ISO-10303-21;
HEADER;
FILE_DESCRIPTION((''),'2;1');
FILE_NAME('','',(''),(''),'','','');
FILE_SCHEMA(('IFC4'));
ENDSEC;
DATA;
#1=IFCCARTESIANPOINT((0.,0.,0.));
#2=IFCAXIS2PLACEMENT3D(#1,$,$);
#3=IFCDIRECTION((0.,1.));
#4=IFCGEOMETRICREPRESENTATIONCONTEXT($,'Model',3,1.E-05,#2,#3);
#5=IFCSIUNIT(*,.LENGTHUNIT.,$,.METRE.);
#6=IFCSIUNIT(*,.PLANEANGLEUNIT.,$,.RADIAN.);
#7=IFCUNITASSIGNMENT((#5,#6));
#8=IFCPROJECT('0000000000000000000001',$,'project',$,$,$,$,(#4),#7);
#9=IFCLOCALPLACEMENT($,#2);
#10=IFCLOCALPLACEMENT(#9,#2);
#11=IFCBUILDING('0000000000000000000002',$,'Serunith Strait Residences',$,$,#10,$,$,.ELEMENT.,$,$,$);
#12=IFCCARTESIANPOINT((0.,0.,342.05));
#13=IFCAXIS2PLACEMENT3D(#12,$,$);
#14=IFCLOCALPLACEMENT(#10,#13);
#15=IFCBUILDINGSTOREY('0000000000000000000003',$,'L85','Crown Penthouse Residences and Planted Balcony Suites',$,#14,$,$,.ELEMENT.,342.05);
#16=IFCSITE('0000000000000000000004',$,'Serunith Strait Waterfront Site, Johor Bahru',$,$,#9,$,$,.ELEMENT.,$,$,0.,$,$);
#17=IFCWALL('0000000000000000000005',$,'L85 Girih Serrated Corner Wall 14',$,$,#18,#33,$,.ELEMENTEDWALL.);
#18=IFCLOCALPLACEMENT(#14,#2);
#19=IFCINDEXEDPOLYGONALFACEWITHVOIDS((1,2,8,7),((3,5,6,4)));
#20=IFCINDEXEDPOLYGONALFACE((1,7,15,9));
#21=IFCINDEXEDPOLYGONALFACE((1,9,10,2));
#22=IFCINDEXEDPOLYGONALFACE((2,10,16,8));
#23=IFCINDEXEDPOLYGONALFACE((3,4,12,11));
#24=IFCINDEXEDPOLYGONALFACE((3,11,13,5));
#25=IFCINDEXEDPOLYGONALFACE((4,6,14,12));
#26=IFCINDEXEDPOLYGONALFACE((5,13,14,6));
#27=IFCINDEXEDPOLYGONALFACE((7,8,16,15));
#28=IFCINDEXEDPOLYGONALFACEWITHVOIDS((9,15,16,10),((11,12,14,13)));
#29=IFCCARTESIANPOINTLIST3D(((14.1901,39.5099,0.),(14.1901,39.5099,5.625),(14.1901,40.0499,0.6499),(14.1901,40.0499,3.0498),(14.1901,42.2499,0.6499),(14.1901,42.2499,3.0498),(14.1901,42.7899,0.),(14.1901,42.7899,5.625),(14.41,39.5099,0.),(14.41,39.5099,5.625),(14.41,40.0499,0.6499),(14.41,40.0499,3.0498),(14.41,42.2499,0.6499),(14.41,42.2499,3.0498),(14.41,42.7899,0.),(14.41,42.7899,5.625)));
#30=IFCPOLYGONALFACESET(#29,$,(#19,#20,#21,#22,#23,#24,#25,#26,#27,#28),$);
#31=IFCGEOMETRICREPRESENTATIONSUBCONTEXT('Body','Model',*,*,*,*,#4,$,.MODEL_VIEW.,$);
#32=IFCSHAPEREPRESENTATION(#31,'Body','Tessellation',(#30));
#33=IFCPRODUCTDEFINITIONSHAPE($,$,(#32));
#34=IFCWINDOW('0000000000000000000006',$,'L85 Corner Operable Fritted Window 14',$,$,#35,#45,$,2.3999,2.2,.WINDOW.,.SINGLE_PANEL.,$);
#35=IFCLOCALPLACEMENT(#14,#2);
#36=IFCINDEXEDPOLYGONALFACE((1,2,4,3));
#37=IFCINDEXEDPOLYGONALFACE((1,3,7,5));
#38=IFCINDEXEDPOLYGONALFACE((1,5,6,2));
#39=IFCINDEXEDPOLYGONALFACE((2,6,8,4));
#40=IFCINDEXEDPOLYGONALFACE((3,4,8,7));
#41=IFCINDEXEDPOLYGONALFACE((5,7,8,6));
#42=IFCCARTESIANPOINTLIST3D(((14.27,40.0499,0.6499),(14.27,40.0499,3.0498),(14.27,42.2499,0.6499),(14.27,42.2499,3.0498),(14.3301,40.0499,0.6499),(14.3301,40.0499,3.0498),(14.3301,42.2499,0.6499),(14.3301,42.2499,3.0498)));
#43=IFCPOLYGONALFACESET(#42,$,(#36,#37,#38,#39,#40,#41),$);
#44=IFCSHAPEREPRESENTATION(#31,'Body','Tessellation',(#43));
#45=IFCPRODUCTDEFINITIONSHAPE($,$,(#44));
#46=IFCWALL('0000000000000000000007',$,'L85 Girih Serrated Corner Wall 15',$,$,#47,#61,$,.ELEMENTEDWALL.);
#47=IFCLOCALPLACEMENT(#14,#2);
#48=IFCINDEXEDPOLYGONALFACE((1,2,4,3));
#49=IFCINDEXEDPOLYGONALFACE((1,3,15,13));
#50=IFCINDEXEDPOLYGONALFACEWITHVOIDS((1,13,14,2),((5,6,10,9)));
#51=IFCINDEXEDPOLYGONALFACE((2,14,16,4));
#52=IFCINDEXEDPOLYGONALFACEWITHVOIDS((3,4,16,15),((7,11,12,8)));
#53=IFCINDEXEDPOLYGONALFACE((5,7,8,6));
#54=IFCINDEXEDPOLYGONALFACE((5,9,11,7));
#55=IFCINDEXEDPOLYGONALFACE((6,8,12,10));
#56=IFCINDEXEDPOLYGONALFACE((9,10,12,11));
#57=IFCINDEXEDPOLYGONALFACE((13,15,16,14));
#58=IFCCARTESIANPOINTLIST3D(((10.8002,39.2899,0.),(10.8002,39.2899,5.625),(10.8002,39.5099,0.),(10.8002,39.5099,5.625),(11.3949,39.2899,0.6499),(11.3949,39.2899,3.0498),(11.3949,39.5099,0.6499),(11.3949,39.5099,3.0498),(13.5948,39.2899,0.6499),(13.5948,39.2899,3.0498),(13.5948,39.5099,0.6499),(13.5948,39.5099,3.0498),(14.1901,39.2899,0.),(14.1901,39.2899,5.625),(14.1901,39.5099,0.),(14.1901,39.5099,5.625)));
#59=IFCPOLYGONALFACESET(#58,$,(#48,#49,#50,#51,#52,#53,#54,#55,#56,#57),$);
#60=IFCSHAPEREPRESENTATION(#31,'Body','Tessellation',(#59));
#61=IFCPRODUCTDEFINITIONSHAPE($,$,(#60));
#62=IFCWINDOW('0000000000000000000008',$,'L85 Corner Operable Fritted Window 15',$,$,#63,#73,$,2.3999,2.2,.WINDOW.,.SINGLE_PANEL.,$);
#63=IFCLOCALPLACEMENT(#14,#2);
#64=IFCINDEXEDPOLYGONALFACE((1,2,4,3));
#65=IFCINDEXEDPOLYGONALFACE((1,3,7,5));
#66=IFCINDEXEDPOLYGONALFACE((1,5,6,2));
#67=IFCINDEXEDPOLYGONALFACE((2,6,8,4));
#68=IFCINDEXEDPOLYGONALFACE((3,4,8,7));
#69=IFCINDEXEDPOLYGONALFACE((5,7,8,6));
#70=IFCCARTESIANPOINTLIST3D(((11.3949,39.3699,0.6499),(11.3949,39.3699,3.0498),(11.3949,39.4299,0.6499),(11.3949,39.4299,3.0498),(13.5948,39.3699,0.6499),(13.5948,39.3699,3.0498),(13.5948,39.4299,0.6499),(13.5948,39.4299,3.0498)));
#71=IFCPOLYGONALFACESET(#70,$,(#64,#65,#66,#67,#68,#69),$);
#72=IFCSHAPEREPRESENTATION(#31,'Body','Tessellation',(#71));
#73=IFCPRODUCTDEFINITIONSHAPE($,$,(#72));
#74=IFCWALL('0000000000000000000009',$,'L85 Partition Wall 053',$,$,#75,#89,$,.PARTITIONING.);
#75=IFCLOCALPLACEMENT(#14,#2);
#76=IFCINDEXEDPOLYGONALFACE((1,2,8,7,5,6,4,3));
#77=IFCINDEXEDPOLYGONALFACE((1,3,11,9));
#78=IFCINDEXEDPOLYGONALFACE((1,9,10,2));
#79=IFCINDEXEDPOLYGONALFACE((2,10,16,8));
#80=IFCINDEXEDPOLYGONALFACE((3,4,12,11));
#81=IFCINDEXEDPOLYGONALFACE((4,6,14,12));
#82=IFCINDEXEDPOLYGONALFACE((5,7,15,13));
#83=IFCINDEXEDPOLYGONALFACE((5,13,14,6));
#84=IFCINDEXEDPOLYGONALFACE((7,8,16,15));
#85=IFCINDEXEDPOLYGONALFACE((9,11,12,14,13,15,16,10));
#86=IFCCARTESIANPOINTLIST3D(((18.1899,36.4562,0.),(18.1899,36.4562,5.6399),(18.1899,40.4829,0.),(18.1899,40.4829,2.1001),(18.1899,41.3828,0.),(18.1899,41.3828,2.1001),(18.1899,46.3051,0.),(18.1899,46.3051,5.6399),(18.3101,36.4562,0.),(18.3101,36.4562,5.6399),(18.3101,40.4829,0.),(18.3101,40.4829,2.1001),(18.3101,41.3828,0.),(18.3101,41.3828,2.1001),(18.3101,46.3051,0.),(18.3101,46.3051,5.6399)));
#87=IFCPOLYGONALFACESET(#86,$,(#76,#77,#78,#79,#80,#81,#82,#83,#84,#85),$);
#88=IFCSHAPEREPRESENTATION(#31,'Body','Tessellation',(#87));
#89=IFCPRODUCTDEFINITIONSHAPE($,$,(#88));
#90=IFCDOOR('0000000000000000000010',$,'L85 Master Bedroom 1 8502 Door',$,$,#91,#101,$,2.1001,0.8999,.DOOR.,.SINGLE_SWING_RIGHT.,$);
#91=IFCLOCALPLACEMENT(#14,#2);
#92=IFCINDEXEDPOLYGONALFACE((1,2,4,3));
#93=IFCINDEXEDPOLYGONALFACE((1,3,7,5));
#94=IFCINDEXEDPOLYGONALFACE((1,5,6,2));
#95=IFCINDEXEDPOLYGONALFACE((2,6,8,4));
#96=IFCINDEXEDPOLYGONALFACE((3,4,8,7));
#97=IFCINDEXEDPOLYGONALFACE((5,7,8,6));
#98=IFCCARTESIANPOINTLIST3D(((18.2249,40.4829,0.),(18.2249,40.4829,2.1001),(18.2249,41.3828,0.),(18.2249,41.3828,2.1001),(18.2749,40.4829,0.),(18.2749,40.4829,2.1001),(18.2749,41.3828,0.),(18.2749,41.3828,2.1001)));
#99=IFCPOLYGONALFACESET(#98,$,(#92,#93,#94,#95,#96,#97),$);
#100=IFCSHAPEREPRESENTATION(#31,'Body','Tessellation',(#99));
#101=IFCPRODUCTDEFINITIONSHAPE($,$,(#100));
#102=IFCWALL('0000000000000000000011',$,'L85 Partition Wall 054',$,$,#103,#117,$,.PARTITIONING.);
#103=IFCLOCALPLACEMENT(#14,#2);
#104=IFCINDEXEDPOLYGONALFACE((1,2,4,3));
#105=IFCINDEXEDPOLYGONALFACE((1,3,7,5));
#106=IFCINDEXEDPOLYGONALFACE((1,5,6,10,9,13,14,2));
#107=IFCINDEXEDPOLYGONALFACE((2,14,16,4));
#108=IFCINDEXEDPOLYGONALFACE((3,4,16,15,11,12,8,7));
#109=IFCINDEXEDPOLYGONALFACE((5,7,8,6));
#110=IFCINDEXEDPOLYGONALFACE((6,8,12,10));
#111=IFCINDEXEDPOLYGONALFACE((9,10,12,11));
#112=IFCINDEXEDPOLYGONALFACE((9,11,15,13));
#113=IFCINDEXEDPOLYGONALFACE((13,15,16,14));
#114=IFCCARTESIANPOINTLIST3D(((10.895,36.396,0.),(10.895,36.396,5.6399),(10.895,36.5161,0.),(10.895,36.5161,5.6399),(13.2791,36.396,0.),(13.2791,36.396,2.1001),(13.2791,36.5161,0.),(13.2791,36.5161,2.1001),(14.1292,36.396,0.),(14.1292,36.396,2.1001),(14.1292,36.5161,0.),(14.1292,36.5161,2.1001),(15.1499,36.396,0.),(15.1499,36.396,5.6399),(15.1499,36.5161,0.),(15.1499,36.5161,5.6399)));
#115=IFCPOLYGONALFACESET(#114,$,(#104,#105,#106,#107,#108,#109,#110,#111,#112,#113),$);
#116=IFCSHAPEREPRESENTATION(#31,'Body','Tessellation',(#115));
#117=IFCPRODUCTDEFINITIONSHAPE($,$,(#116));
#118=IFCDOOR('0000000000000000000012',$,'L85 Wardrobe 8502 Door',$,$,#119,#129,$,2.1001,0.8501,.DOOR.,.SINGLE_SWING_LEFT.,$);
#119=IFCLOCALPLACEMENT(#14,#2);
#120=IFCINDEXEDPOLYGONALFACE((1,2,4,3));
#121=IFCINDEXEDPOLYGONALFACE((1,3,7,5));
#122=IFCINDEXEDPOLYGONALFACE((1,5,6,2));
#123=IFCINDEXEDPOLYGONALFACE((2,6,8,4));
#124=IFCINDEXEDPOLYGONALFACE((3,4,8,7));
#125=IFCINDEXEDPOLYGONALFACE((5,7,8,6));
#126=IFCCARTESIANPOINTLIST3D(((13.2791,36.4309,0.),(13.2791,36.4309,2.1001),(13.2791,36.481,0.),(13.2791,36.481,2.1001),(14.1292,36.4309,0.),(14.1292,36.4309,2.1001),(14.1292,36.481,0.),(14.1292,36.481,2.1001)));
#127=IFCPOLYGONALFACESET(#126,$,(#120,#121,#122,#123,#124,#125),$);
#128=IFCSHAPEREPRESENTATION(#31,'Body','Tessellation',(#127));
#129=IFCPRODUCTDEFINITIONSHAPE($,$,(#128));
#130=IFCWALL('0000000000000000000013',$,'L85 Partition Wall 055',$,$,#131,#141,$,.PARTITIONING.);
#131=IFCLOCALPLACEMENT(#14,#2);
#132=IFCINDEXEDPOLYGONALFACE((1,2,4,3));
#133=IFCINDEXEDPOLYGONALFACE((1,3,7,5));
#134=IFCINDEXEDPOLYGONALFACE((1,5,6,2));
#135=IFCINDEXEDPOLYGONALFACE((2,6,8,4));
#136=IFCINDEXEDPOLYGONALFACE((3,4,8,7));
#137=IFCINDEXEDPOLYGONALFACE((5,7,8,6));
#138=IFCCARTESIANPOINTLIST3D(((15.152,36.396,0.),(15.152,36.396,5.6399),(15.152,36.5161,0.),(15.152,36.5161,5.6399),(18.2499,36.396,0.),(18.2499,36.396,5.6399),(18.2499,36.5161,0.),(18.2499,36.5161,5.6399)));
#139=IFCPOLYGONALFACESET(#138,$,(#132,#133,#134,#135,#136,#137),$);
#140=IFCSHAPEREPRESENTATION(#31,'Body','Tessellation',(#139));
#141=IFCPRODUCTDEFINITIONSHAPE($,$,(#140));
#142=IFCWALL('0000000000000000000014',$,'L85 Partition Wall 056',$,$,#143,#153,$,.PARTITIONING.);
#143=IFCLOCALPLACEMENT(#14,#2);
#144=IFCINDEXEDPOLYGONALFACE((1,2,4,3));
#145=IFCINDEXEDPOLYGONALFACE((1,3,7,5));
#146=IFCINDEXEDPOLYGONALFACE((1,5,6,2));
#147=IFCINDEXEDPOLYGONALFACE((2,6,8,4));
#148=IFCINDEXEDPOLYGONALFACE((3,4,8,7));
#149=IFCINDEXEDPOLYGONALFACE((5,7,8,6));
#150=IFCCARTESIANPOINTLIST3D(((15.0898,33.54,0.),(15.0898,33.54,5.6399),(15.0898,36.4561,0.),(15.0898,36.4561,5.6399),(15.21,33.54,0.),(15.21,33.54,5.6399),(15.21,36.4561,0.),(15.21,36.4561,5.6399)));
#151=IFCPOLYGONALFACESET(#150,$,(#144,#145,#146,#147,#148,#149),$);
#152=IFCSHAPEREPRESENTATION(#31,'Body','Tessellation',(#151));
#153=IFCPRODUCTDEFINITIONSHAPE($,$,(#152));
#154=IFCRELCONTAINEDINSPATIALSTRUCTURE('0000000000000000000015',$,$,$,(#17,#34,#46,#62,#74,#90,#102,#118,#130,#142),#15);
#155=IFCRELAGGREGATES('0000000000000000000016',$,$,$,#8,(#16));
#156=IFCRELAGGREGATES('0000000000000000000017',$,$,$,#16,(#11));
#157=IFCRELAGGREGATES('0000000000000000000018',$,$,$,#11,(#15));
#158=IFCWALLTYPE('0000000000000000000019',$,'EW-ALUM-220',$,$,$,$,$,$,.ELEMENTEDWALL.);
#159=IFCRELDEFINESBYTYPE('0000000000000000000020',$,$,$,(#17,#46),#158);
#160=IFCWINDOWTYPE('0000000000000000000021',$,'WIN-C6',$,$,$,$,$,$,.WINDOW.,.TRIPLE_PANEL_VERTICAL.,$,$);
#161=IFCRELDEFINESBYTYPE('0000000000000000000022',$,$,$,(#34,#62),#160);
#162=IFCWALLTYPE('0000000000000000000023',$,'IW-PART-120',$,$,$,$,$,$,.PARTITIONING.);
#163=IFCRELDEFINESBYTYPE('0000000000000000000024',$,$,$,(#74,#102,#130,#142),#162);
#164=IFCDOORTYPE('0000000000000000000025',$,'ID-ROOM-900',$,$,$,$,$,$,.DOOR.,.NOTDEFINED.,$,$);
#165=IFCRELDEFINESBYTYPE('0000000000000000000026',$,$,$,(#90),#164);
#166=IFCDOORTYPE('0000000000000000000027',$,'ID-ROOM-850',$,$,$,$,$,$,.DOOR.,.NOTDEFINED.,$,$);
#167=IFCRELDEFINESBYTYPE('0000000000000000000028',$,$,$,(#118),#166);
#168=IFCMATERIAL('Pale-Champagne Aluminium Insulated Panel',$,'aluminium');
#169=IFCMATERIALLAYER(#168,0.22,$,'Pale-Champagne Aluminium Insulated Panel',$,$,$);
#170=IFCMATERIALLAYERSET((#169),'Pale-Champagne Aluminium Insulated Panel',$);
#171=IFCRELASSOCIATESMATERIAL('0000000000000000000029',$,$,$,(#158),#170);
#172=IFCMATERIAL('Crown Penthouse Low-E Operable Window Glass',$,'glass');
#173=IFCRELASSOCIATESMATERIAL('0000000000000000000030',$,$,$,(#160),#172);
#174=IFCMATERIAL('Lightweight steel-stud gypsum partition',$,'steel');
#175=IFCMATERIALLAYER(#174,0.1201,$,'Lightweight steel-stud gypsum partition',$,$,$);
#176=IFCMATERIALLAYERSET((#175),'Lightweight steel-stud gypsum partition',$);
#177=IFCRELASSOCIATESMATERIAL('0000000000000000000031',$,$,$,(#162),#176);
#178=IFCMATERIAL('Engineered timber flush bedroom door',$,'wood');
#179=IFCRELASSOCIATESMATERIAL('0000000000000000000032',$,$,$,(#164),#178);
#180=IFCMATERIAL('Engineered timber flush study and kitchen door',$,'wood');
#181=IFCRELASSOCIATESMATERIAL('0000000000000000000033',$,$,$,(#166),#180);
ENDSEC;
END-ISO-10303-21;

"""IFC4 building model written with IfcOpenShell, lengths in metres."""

from ifc_helpers import new_model, si_unit, direction, frame, frame_2d, origin, place, context, subcontext, project, spatial, rectangle, extrude, source, transform, mapped, material, layer, layer_set, type_object, element, fill, save


model = new_model("IFC4")

# Units and contexts
model_context = context("Model", 3, precision=1e-05, world=origin(), true_north=direction((0.0, 1.0)))
body_context = subcontext(model_context, "Body", "Model", "MODEL_VIEW")
ifc_project = project(units=[si_unit("LENGTHUNIT", "METRE"), si_unit("PLANEANGLEUNIT", "RADIAN")], contexts=[model_context])

# Site, building, storey
site_placement = place(None, origin())
site = spatial("IfcSite", under=ifc_project, at=site_placement, Name="Serunith Strait Waterfront Site, Johor Bahru", CompositionType="ELEMENT", RefElevation=0.0)
building_placement = place(site_placement, origin())
building = spatial("IfcBuilding", under=site, at=building_placement, Name="Serunith Strait Residences", CompositionType="ELEMENT")
storey_placement = place(building_placement, frame((0.0, 0.0, 342.05)))
storey = spatial("IfcBuildingStorey", under=building, at=storey_placement, Name="L85", Description="Crown Penthouse Residences and Planted Balcony Suites", CompositionType="ELEMENT", Elevation=342.05)

# Shared definitions
ifc_material_1 = material(Name="Pale-Champagne Aluminium Insulated Panel", Category="aluminium")
ifc_layer_1 = layer(ifc_material_1, 0.22, Name="Pale-Champagne Aluminium Insulated Panel")
ifc_layer_set_1 = layer_set([ifc_layer_1], Name="Pale-Champagne Aluminium Insulated Panel")
wall_type_1 = type_object("IfcWallType", Name="EW-ALUM-220", PredefinedType="ELEMENTEDWALL", material=ifc_layer_set_1)

# Walls, openings, windows
ifc_material_2 = material(Name="Crown Penthouse Low-E Operable Window Glass", Category="glass")
window_type = type_object("IfcWindowType", Name="WIN-C6", PartitioningType="TRIPLE_PANEL_VERTICAL", PredefinedType="WINDOW", material=ifc_material_2)
shared_shape_1 = source(origin(), body_context, "Body", "SweptSolid", [
    extrude(rectangle(XDim=2.2, YDim=2.3999, at=frame_2d((1.1001, 1.2))), frame((0.0, 0.03, 0.0), z_axis=(0.0, -1.0, 0.0), x_axis=(1.0, 0.0, 0.0)), (0.0, 0.0, 1.0), 0.0601),
])
wall_1_placement = place(storey_placement, frame((14.3, 42.79, 0.0), z_axis=(0.0, 0.0, 1.0), x_axis=(0.0, -1.0, 0.0)))
wall_1 = element("IfcWall", 1, at=wall_1_placement, inside=storey, type_object=wall_type_1, Name="L85 Girih Serrated Corner Wall 14", PredefinedType="ELEMENTEDWALL", context=body_context, shape_type="SweptSolid", body=[
    extrude(rectangle(XDim=3.28, YDim=0.22, at=frame_2d((1.6401, 0.0))), origin(), (0.0, 0.0, 1.0), 5.625),
])
opening_1_placement = place(wall_1_placement, frame((0.54, 0.0, 0.6499)))
opening_1 = element("IfcOpeningElement", 2, at=opening_1_placement, cuts=wall_1, PredefinedType="OPENING", context=body_context, shape_type="SweptSolid", body=[
    extrude(rectangle(XDim=2.2, YDim=2.3999, at=frame_2d((1.1001, 1.2))), frame((0.0, 0.1201, 0.0), z_axis=(0.0, -1.0, 0.0), x_axis=(1.0, 0.0, 0.0)), (0.0, 0.0, 1.0), 0.24),
])
window_1_placement = place(opening_1_placement, origin())
window_1 = element("IfcWindow", 3, at=window_1_placement, inside=storey, type_object=window_type, Name="L85 Corner Operable Fritted Window 14", OverallHeight=2.3999, OverallWidth=2.2, PartitioningType="SINGLE_PANEL", PredefinedType="WINDOW", context=body_context, shape_type="MappedRepresentation", body=[
    mapped(shared_shape_1, transform((0.0, 0.0, 0.0), scale=1.0)),
])
fill(opening_1, window_1)
wall_2_placement = place(storey_placement, frame((14.1899, 39.3999, 0.0), z_axis=(0.0, 0.0, 1.0), x_axis=(-1.0, 0.0, 0.0)))
wall_2 = element("IfcWall", 4, at=wall_2_placement, inside=storey, type_object=wall_type_1, Name="L85 Girih Serrated Corner Wall 15", PredefinedType="ELEMENTEDWALL", context=body_context, shape_type="SweptSolid", body=[
    extrude(rectangle(XDim=3.3899, YDim=0.22, at=frame_2d((1.6948, 0.0))), origin(), (0.0, 0.0, 1.0), 5.625),
])
opening_2_placement = place(wall_2_placement, frame((0.595, 0.0, 0.6499)))
opening_2 = element("IfcOpeningElement", 5, at=opening_2_placement, cuts=wall_2, PredefinedType="OPENING", context=body_context, shape_type="SweptSolid", body=[
    extrude(rectangle(XDim=2.2, YDim=2.3999, at=frame_2d((1.1001, 1.2))), frame((0.0, 0.1201, 0.0), z_axis=(0.0, -1.0, 0.0), x_axis=(1.0, 0.0, 0.0)), (0.0, 0.0, 1.0), 0.24),
])
window_2_placement = place(opening_2_placement, origin())
window_2 = element("IfcWindow", 6, at=window_2_placement, inside=storey, type_object=window_type, Name="L85 Corner Operable Fritted Window 15", OverallHeight=2.3999, OverallWidth=2.2, PartitioningType="SINGLE_PANEL", PredefinedType="WINDOW", context=body_context, shape_type="MappedRepresentation", body=[
    mapped(shared_shape_1, transform((0.0, 0.0, 0.0), scale=1.0)),
])
fill(opening_2, window_2)

# Walls, openings, doors
ifc_material_3 = material(Name="Lightweight steel-stud gypsum partition", Category="steel")
ifc_layer_2 = layer(ifc_material_3, 0.1201, Name="Lightweight steel-stud gypsum partition")
ifc_layer_set_2 = layer_set([ifc_layer_2], Name="Lightweight steel-stud gypsum partition")
wall_type_2 = type_object("IfcWallType", Name="IW-PART-120", PredefinedType="PARTITIONING", material=ifc_layer_set_2)
wall_3_placement = place(storey_placement, frame((18.25, 46.3049, 0.0), z_axis=(0.0, 0.0, 1.0), x_axis=(0.0, -1.0, 0.0)))
wall_3 = element("IfcWall", 7, at=wall_3_placement, inside=storey, type_object=wall_type_2, Name="L85 Partition Wall 053", PredefinedType="PARTITIONING", context=body_context, shape_type="SweptSolid", body=[
    extrude(rectangle(XDim=9.8489, YDim=0.1201, at=frame_2d((4.9243, 0.0))), origin(), (0.0, 0.0, 1.0), 5.6399),
])
opening_3_placement = place(wall_3_placement, frame((4.9221, 0.0, 0.0)))
opening_3 = element("IfcOpeningElement", 8, at=opening_3_placement, cuts=wall_3, PredefinedType="OPENING", context=body_context, shape_type="SweptSolid", body=[
    extrude(rectangle(XDim=0.8999, YDim=2.1001, at=frame_2d((0.45, 1.05))), frame((0.0, 0.0701, 0.0), z_axis=(0.0, -1.0, 0.0), x_axis=(1.0, 0.0, 0.0)), (0.0, 0.0, 1.0), 0.1401),
])
ifc_material_4 = material(Name="Engineered timber flush bedroom door", Category="wood")
door_type_1 = type_object("IfcDoorType", Name="ID-ROOM-900", OperationType="NOTDEFINED", PredefinedType="DOOR", material=ifc_material_4)
shared_shape_2 = source(origin(), body_context, "Body", "SweptSolid", [
    extrude(rectangle(XDim=0.8999, YDim=2.1001, at=frame_2d((0.45, 1.05))), frame((0.0, 0.0249, 0.0), z_axis=(0.0, -1.0, 0.0), x_axis=(1.0, 0.0, 0.0)), (0.0, 0.0, 1.0), 0.05),
])
door_1_placement = place(opening_3_placement, origin())
door_1 = element("IfcDoor", 9, at=door_1_placement, inside=storey, type_object=door_type_1, Name="L85 Master Bedroom 1 8502 Door", OperationType="SINGLE_SWING_RIGHT", OverallHeight=2.1001, OverallWidth=0.8999, PredefinedType="DOOR", context=body_context, shape_type="MappedRepresentation", body=[
    mapped(shared_shape_2, transform((0.0, 0.0, 0.0), scale=1.0)),
])
fill(opening_3, door_1)
wall_4_placement = place(storey_placement, frame((10.895, 36.4561, 0.0), z_axis=(0.0, 0.0, 1.0), x_axis=(1.0, 0.0, 0.0)))
wall_4 = element("IfcWall", 10, at=wall_4_placement, inside=storey, type_object=wall_type_2, Name="L85 Partition Wall 054", PredefinedType="PARTITIONING", context=body_context, shape_type="SweptSolid", body=[
    extrude(rectangle(XDim=4.2549, YDim=0.1201, at=frame_2d((2.1274, 0.0))), origin(), (0.0, 0.0, 1.0), 5.6399),
])
opening_4_placement = place(wall_4_placement, frame((2.384, 0.0, 0.0)))
opening_4 = element("IfcOpeningElement", 11, at=opening_4_placement, cuts=wall_4, PredefinedType="OPENING", context=body_context, shape_type="SweptSolid", body=[
    extrude(rectangle(XDim=0.8501, YDim=2.1001, at=frame_2d((0.425, 1.05))), frame((0.0, 0.0701, 0.0), z_axis=(0.0, -1.0, 0.0), x_axis=(1.0, 0.0, 0.0)), (0.0, 0.0, 1.0), 0.1401),
])
ifc_material_5 = material(Name="Engineered timber flush study and kitchen door", Category="wood")
door_type_2 = type_object("IfcDoorType", Name="ID-ROOM-850", OperationType="NOTDEFINED", PredefinedType="DOOR", material=ifc_material_5)
shared_shape_3 = source(origin(), body_context, "Body", "SweptSolid", [
    extrude(rectangle(XDim=0.8501, YDim=2.1001, at=frame_2d((0.425, 1.05))), frame((0.0, 0.0249, 0.0), z_axis=(0.0, -1.0, 0.0), x_axis=(1.0, 0.0, 0.0)), (0.0, 0.0, 1.0), 0.05),
])
door_2_placement = place(opening_4_placement, origin())
door_2 = element("IfcDoor", 12, at=door_2_placement, inside=storey, type_object=door_type_2, Name="L85 Wardrobe 8502 Door", OperationType="SINGLE_SWING_LEFT", OverallHeight=2.1001, OverallWidth=0.8501, PredefinedType="DOOR", context=body_context, shape_type="MappedRepresentation", body=[
    mapped(shared_shape_3, transform((0.0, 0.0, 0.0), scale=1.0)),
])
fill(opening_4, door_2)

# Walls
wall_5_placement = place(storey_placement, frame((15.1521, 36.4561, 0.0), z_axis=(0.0, 0.0, 1.0), x_axis=(1.0, 0.0, 0.0)))
element("IfcWall", 13, at=wall_5_placement, inside=storey, type_object=wall_type_2, Name="L85 Partition Wall 055", PredefinedType="PARTITIONING", context=body_context, shape_type="SweptSolid", body=[
    extrude(rectangle(XDim=3.0979, YDim=0.1201, at=frame_2d((1.5488, 0.0))), origin(), (0.0, 0.0, 1.0), 5.6399),
])
wall_6_placement = place(storey_placement, frame((15.1499, 36.4561, 0.0), z_axis=(0.0, 0.0, 1.0), x_axis=(0.0, -1.0, 0.0)))
element("IfcWall", 14, at=wall_6_placement, inside=storey, type_object=wall_type_2, Name="L85 Partition Wall 056", PredefinedType="PARTITIONING", context=body_context, shape_type="SweptSolid", body=[
    extrude(rectangle(XDim=2.916, YDim=0.1201, at=frame_2d((1.458, 0.0))), origin(), (0.0, 0.0, 1.0), 5.6399),
])

save(model, "model.ifc")
